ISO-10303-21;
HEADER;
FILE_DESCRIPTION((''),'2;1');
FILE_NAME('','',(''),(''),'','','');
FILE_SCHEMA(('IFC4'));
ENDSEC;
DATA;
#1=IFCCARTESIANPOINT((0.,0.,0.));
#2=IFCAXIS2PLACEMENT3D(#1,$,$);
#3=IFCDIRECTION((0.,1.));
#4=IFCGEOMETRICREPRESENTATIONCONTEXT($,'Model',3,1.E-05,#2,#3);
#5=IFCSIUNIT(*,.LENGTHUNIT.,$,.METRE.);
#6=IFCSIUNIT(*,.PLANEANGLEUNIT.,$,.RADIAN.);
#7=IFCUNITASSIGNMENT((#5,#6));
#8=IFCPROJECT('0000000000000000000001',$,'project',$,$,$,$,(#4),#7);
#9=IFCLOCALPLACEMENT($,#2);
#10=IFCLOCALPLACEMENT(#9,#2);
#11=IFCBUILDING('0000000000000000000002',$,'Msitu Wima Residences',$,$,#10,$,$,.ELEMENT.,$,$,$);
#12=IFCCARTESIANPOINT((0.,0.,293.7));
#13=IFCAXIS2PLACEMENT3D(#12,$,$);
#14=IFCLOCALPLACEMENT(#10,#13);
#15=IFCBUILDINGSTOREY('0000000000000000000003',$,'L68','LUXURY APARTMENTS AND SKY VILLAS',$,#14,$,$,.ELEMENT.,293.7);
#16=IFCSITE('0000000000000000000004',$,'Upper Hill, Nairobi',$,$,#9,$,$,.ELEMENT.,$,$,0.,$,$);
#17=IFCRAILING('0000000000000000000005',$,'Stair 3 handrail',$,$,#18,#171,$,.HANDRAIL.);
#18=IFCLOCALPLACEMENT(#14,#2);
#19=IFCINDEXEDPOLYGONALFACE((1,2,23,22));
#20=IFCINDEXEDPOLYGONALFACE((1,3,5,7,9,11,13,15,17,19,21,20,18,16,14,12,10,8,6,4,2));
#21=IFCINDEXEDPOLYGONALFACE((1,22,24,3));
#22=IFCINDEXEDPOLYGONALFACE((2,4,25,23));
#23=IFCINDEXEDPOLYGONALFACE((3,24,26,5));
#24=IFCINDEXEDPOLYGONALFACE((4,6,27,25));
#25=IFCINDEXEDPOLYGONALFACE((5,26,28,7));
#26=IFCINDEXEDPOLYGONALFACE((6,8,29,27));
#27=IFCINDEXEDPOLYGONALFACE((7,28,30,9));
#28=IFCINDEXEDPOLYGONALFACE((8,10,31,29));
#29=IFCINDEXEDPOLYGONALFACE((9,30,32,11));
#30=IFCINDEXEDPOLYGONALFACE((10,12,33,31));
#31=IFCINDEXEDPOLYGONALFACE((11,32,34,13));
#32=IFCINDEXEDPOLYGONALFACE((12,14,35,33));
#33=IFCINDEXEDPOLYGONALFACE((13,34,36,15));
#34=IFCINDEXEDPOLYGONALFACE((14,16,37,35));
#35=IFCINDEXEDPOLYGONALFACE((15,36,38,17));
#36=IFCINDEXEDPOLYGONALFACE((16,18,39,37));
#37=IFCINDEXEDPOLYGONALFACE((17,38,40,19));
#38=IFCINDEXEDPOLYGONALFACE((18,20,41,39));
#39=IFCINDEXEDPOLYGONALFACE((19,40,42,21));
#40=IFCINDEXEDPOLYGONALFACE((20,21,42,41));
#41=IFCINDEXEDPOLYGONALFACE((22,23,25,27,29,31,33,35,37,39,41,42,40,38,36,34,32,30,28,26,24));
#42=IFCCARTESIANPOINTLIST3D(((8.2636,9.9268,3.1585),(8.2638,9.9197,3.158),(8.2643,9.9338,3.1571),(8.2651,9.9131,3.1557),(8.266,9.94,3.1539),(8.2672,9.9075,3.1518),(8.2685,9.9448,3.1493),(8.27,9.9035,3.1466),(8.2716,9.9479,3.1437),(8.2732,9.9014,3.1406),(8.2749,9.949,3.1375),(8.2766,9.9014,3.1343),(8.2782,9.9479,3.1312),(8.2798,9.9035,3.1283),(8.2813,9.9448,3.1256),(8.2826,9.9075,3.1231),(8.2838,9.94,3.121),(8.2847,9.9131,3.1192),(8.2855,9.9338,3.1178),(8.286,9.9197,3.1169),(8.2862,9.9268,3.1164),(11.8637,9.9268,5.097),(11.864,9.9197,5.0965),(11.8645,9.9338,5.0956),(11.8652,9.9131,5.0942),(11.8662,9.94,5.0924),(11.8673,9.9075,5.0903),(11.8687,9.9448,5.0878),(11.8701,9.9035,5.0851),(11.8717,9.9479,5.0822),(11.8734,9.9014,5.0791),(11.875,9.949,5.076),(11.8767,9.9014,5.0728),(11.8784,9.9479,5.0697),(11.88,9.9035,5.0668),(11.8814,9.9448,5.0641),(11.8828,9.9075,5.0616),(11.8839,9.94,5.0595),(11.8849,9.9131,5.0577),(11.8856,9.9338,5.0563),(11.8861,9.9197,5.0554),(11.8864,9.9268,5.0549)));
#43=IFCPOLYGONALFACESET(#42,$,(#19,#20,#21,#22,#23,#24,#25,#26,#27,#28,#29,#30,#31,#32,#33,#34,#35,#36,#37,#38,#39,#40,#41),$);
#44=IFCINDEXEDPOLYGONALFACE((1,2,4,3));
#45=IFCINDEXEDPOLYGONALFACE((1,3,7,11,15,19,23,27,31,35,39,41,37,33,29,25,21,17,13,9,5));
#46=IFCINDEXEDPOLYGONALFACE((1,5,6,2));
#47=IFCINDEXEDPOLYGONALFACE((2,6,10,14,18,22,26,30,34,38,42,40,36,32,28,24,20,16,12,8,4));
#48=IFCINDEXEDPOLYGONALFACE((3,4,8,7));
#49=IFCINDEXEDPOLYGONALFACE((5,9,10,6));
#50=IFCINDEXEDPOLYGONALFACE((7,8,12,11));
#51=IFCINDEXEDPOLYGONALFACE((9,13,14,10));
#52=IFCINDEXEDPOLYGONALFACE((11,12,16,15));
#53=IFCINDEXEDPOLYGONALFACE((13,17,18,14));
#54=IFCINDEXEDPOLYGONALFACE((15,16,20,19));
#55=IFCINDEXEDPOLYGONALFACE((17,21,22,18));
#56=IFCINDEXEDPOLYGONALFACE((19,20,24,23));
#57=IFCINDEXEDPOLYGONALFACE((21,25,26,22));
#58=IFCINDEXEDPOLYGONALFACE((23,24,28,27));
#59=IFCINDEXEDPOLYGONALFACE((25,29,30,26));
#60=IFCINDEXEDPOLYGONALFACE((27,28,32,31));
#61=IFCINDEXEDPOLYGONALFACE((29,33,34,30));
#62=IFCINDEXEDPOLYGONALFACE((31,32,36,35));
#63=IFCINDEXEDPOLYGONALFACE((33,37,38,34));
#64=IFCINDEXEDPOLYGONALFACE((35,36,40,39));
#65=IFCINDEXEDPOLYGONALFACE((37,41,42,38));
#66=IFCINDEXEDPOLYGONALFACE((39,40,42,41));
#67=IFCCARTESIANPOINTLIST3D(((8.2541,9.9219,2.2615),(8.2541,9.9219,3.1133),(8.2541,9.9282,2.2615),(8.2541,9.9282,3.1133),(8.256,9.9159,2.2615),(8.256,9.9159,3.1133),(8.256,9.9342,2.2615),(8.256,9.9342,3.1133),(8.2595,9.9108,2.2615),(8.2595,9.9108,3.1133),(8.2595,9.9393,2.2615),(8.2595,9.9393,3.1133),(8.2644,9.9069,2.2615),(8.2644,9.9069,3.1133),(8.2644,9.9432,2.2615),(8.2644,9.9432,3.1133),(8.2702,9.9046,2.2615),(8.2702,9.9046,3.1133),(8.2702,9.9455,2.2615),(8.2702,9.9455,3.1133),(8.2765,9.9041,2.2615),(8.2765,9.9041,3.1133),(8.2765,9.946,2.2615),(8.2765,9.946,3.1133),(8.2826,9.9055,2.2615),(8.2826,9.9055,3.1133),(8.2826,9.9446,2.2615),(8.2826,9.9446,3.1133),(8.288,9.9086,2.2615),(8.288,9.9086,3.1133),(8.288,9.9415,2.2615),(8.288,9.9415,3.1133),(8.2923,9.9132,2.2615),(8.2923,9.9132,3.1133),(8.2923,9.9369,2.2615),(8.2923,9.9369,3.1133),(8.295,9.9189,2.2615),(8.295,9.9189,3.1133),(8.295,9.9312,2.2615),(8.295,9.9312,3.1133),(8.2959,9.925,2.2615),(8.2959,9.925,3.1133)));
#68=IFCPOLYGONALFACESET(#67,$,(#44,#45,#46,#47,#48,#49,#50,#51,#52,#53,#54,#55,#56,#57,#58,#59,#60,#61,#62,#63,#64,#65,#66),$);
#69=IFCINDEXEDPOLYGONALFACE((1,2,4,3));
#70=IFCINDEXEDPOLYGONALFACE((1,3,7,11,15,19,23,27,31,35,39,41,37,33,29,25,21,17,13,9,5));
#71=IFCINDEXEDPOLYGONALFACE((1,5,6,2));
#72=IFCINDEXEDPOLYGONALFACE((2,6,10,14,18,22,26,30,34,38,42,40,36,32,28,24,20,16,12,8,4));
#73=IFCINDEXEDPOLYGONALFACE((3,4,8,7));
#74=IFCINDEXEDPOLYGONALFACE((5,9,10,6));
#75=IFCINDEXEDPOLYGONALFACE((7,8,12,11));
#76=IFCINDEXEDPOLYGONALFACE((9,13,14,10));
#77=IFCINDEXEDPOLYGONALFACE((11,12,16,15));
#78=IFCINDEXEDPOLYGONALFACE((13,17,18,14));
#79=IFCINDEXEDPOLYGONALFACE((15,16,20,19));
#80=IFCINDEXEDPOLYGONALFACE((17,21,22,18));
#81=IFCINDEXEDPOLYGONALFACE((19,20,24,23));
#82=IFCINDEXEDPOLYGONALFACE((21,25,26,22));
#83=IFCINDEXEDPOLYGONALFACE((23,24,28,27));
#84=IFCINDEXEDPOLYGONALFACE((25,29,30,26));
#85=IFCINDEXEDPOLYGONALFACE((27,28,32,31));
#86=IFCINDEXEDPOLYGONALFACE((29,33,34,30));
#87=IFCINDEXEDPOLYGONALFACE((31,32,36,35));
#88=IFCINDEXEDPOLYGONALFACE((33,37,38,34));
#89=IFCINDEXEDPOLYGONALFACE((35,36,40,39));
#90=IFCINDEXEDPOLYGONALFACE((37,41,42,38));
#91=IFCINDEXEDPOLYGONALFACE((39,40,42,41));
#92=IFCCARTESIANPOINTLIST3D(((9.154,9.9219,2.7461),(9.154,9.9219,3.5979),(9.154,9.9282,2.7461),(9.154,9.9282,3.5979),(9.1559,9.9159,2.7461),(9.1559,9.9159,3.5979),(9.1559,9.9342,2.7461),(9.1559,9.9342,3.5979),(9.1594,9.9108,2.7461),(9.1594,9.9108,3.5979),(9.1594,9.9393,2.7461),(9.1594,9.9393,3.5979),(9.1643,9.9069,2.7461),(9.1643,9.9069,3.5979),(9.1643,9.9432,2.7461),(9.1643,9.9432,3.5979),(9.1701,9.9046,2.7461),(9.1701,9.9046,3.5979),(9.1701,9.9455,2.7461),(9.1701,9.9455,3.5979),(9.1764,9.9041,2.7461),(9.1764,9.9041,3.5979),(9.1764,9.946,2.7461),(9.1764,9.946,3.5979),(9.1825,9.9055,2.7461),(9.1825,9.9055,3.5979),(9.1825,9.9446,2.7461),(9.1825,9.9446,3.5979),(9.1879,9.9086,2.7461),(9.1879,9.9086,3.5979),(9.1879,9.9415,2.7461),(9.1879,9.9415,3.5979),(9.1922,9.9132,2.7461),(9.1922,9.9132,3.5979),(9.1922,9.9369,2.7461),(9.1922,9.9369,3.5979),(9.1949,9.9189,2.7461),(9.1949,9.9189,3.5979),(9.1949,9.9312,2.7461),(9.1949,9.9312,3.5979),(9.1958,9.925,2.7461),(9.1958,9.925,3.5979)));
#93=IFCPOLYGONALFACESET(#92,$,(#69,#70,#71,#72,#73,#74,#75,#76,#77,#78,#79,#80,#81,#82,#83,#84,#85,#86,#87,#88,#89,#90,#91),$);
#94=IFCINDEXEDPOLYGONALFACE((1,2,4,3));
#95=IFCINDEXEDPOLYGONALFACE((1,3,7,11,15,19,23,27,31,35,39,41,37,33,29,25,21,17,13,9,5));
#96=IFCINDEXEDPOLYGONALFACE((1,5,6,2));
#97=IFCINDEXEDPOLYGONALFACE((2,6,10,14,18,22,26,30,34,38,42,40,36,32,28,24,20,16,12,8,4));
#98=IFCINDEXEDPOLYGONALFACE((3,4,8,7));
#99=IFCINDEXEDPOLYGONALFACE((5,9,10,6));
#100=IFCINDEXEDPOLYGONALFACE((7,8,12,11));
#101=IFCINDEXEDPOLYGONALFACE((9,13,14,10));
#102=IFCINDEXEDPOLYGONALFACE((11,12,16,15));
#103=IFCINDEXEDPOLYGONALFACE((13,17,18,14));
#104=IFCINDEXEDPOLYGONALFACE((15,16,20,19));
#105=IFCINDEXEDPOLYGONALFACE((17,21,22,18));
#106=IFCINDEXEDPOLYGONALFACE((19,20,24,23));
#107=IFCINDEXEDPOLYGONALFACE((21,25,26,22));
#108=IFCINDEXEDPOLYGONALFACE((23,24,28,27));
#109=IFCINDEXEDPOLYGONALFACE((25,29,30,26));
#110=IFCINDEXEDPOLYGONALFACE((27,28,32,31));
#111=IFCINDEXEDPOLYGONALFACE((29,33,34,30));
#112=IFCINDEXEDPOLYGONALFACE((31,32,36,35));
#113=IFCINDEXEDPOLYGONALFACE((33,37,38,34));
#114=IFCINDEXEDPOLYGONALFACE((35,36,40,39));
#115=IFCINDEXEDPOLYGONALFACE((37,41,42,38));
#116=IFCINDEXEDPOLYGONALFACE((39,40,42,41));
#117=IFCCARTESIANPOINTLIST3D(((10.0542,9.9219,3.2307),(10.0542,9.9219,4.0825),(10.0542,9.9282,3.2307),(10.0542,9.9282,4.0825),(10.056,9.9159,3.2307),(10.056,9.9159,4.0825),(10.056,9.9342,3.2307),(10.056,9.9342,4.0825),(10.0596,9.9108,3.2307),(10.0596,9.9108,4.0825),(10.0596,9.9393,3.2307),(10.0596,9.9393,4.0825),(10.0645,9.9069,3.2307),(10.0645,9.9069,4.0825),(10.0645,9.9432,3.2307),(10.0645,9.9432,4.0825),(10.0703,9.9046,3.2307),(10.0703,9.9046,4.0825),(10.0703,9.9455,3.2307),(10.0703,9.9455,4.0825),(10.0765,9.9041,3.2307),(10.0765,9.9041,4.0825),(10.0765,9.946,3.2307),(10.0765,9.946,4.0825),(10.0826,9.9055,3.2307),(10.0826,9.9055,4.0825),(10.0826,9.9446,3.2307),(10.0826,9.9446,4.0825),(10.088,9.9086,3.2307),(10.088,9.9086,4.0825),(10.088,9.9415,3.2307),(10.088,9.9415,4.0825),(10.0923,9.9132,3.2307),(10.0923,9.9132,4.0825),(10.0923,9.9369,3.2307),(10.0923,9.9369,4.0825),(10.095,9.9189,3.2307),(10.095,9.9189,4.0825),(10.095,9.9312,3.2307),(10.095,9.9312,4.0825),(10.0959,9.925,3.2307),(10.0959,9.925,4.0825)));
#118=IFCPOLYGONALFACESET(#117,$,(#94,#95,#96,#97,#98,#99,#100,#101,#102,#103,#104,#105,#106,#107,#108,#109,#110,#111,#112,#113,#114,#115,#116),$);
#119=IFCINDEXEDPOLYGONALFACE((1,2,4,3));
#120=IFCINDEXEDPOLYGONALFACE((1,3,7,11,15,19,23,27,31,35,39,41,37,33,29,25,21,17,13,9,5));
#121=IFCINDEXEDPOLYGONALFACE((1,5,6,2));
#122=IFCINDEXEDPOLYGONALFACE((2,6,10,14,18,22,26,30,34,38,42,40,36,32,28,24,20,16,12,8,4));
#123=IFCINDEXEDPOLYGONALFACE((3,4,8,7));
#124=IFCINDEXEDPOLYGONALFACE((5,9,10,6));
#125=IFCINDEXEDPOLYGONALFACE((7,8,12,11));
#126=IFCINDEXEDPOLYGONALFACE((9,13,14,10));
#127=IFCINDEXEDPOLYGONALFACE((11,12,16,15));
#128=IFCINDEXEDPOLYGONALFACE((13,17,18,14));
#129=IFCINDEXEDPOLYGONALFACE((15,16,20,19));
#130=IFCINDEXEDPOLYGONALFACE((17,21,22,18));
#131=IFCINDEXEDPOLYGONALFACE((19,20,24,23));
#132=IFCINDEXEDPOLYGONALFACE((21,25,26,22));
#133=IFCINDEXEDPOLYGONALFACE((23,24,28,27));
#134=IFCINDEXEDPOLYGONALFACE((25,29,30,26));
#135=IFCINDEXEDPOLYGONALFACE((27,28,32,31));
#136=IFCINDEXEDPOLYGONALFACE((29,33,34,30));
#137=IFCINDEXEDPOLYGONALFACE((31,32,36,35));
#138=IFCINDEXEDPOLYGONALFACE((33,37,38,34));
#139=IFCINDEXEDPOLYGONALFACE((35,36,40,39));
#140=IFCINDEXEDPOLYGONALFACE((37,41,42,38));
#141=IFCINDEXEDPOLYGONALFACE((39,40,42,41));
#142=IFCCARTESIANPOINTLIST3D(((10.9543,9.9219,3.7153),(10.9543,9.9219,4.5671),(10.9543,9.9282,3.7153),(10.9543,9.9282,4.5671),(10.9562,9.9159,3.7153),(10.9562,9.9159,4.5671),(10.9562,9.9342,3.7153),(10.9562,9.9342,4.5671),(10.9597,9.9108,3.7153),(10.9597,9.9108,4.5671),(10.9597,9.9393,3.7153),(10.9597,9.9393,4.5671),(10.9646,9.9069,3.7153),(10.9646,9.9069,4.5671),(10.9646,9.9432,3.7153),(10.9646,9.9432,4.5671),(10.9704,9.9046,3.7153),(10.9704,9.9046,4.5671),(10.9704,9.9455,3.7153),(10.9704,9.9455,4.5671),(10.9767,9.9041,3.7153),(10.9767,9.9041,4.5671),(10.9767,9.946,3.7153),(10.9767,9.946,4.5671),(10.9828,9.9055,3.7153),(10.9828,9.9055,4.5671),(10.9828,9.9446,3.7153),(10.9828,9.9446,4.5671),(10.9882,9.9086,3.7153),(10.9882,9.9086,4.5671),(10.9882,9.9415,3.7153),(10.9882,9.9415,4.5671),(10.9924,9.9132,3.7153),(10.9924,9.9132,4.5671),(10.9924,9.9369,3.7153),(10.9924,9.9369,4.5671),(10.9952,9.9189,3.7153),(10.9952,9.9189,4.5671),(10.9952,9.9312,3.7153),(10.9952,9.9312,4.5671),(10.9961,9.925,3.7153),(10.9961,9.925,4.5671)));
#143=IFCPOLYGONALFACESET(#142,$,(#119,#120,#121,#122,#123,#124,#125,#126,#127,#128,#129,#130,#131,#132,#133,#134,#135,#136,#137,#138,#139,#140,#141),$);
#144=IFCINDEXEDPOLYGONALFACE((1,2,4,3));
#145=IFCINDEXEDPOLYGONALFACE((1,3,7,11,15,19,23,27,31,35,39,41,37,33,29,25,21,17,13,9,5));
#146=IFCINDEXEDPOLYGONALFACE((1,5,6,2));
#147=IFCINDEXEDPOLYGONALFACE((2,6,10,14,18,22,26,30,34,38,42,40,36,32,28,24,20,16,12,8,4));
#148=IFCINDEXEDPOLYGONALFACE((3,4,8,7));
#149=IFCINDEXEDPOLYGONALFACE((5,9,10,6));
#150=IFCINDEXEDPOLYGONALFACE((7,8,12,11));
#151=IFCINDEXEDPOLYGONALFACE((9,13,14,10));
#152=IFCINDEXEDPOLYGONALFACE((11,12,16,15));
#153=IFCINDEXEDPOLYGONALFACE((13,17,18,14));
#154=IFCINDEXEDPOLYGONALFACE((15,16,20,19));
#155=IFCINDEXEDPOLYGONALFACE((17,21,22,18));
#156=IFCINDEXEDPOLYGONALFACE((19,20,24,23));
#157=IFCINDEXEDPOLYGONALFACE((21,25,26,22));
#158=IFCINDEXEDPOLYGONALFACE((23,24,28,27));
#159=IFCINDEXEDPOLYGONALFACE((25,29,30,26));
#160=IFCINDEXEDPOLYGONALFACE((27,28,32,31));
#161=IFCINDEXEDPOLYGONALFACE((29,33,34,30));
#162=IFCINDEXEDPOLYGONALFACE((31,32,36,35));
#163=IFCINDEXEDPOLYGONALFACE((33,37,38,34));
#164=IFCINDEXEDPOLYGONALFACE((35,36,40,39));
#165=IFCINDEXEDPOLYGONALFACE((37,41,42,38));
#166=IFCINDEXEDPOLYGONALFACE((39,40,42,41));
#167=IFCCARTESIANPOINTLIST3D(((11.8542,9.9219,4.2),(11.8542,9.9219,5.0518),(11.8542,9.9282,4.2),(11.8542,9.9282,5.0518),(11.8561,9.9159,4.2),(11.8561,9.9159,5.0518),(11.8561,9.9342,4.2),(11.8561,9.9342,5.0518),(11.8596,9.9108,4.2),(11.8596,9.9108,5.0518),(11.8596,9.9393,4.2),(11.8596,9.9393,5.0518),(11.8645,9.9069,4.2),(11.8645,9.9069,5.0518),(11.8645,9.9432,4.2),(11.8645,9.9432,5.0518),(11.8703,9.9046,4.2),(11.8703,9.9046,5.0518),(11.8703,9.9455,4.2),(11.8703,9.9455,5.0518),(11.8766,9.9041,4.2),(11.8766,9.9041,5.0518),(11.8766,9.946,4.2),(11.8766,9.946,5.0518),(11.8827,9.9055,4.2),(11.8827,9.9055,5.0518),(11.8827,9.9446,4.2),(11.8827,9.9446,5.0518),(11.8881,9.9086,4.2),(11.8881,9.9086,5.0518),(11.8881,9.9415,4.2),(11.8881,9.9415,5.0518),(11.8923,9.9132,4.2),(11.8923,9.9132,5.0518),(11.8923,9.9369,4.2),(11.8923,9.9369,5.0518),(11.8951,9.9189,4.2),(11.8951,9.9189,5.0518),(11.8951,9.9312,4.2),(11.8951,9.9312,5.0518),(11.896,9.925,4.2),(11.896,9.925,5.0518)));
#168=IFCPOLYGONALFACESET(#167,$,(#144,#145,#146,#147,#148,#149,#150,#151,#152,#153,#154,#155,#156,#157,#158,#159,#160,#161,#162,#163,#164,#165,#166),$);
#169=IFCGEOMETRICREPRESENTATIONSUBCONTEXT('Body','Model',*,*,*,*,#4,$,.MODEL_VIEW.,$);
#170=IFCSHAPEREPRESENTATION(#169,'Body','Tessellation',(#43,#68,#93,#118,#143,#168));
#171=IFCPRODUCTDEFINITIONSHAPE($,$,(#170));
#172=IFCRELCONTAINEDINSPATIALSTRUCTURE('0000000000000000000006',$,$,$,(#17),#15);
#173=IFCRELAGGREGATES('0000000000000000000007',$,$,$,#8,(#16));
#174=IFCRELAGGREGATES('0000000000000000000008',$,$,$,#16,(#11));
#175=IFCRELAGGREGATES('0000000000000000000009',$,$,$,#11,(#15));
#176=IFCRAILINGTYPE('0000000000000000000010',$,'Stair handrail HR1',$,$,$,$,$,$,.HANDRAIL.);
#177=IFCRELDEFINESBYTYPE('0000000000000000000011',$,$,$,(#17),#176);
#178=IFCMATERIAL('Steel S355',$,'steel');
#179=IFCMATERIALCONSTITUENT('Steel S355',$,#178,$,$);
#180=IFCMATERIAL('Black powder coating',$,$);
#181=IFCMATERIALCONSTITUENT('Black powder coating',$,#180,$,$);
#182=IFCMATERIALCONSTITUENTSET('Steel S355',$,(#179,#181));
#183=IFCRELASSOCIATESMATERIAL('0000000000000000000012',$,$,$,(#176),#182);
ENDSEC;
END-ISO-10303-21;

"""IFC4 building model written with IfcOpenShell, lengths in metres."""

from ifc_helpers import new_model, si_unit, direction, frame, origin, origin_2d, place, context, subcontext, project, spatial, circle, extrude, material, constituent, constituent_set, type_object, element, save


model = new_model("IFC4")

# Units and contexts
model_context = context("Model", 3, precision=1e-05, world=origin(), true_north=direction((0.0, 1.0)))
body_context = subcontext(model_context, "Body", "Model", "MODEL_VIEW")
ifc_project = project(units=[si_unit("LENGTHUNIT", "METRE"), si_unit("PLANEANGLEUNIT", "RADIAN")], contexts=[model_context])

# Site, building, storey
site_placement = place(None, origin())
site = spatial("IfcSite", under=ifc_project, at=site_placement, Name="Upper Hill, Nairobi", CompositionType="ELEMENT", RefElevation=0.0)
building_placement = place(site_placement, origin())
building = spatial("IfcBuilding", under=site, at=building_placement, Name="Msitu Wima Residences", CompositionType="ELEMENT")
storey_placement = place(building_placement, frame((0.0, 0.0, 293.7)))
storey = spatial("IfcBuildingStorey", under=building, at=storey_placement, Name="L68", Description="LUXURY APARTMENTS AND SKY VILLAS", CompositionType="ELEMENT", Elevation=293.7)

# Railing
ifc_material_1 = material(Name="Steel S355", Category="steel")
ifc_constituent_1 = constituent(ifc_material_1, Name="Steel S355")
ifc_material_2 = material(Name="Black powder coating")
ifc_constituent_2 = constituent(ifc_material_2, Name="Black powder coating")
ifc_constituent_set = constituent_set(constituents=[ifc_constituent_1, ifc_constituent_2], Name="Steel S355")
railing_type = type_object("IfcRailingType", Name="Stair handrail HR1", PredefinedType="HANDRAIL", material=ifc_constituent_set)
for number, where, name in (
    (1, (8.2749, 9.925, 2.2615), "Stair 3 handrail"),
):
    element("IfcRailing", number, at=place(storey_placement, frame(where)), inside=storey, type_object=railing_type, Name=name, PredefinedType="HANDRAIL", context=body_context, shape_type="SweptSolid", body=[
        extrude(circle(Radius=0.0239, at=origin_2d()), frame((0.0, 0.0, 0.876), z_axis=(0.880475, 0.0, 0.474093), x_axis=(0.0, 1.0, 0.0)), (0.0, 0.0, 1.0), 4.0889),
        extrude(circle(Radius=0.021, at=origin_2d()), origin(), (0.0, 0.0, 1.0), 0.8518),
        extrude(circle(Radius=0.021, at=origin_2d()), frame((0.8999, 0.0, 0.4846)), (0.0, 0.0, 1.0), 0.8518),
        extrude(circle(Radius=0.021, at=origin_2d()), frame((1.8, 0.0, 0.9692)), (0.0, 0.0, 1.0), 0.8518),
        extrude(circle(Radius=0.021, at=origin_2d()), frame((2.7002, 0.0, 1.4539)), (0.0, 0.0, 1.0), 0.8518),
        extrude(circle(Radius=0.021, at=origin_2d()), frame((3.6001, 0.0, 1.9385)), (0.0, 0.0, 1.0), 0.8518),
    ])

save(model, "model.ifc")
